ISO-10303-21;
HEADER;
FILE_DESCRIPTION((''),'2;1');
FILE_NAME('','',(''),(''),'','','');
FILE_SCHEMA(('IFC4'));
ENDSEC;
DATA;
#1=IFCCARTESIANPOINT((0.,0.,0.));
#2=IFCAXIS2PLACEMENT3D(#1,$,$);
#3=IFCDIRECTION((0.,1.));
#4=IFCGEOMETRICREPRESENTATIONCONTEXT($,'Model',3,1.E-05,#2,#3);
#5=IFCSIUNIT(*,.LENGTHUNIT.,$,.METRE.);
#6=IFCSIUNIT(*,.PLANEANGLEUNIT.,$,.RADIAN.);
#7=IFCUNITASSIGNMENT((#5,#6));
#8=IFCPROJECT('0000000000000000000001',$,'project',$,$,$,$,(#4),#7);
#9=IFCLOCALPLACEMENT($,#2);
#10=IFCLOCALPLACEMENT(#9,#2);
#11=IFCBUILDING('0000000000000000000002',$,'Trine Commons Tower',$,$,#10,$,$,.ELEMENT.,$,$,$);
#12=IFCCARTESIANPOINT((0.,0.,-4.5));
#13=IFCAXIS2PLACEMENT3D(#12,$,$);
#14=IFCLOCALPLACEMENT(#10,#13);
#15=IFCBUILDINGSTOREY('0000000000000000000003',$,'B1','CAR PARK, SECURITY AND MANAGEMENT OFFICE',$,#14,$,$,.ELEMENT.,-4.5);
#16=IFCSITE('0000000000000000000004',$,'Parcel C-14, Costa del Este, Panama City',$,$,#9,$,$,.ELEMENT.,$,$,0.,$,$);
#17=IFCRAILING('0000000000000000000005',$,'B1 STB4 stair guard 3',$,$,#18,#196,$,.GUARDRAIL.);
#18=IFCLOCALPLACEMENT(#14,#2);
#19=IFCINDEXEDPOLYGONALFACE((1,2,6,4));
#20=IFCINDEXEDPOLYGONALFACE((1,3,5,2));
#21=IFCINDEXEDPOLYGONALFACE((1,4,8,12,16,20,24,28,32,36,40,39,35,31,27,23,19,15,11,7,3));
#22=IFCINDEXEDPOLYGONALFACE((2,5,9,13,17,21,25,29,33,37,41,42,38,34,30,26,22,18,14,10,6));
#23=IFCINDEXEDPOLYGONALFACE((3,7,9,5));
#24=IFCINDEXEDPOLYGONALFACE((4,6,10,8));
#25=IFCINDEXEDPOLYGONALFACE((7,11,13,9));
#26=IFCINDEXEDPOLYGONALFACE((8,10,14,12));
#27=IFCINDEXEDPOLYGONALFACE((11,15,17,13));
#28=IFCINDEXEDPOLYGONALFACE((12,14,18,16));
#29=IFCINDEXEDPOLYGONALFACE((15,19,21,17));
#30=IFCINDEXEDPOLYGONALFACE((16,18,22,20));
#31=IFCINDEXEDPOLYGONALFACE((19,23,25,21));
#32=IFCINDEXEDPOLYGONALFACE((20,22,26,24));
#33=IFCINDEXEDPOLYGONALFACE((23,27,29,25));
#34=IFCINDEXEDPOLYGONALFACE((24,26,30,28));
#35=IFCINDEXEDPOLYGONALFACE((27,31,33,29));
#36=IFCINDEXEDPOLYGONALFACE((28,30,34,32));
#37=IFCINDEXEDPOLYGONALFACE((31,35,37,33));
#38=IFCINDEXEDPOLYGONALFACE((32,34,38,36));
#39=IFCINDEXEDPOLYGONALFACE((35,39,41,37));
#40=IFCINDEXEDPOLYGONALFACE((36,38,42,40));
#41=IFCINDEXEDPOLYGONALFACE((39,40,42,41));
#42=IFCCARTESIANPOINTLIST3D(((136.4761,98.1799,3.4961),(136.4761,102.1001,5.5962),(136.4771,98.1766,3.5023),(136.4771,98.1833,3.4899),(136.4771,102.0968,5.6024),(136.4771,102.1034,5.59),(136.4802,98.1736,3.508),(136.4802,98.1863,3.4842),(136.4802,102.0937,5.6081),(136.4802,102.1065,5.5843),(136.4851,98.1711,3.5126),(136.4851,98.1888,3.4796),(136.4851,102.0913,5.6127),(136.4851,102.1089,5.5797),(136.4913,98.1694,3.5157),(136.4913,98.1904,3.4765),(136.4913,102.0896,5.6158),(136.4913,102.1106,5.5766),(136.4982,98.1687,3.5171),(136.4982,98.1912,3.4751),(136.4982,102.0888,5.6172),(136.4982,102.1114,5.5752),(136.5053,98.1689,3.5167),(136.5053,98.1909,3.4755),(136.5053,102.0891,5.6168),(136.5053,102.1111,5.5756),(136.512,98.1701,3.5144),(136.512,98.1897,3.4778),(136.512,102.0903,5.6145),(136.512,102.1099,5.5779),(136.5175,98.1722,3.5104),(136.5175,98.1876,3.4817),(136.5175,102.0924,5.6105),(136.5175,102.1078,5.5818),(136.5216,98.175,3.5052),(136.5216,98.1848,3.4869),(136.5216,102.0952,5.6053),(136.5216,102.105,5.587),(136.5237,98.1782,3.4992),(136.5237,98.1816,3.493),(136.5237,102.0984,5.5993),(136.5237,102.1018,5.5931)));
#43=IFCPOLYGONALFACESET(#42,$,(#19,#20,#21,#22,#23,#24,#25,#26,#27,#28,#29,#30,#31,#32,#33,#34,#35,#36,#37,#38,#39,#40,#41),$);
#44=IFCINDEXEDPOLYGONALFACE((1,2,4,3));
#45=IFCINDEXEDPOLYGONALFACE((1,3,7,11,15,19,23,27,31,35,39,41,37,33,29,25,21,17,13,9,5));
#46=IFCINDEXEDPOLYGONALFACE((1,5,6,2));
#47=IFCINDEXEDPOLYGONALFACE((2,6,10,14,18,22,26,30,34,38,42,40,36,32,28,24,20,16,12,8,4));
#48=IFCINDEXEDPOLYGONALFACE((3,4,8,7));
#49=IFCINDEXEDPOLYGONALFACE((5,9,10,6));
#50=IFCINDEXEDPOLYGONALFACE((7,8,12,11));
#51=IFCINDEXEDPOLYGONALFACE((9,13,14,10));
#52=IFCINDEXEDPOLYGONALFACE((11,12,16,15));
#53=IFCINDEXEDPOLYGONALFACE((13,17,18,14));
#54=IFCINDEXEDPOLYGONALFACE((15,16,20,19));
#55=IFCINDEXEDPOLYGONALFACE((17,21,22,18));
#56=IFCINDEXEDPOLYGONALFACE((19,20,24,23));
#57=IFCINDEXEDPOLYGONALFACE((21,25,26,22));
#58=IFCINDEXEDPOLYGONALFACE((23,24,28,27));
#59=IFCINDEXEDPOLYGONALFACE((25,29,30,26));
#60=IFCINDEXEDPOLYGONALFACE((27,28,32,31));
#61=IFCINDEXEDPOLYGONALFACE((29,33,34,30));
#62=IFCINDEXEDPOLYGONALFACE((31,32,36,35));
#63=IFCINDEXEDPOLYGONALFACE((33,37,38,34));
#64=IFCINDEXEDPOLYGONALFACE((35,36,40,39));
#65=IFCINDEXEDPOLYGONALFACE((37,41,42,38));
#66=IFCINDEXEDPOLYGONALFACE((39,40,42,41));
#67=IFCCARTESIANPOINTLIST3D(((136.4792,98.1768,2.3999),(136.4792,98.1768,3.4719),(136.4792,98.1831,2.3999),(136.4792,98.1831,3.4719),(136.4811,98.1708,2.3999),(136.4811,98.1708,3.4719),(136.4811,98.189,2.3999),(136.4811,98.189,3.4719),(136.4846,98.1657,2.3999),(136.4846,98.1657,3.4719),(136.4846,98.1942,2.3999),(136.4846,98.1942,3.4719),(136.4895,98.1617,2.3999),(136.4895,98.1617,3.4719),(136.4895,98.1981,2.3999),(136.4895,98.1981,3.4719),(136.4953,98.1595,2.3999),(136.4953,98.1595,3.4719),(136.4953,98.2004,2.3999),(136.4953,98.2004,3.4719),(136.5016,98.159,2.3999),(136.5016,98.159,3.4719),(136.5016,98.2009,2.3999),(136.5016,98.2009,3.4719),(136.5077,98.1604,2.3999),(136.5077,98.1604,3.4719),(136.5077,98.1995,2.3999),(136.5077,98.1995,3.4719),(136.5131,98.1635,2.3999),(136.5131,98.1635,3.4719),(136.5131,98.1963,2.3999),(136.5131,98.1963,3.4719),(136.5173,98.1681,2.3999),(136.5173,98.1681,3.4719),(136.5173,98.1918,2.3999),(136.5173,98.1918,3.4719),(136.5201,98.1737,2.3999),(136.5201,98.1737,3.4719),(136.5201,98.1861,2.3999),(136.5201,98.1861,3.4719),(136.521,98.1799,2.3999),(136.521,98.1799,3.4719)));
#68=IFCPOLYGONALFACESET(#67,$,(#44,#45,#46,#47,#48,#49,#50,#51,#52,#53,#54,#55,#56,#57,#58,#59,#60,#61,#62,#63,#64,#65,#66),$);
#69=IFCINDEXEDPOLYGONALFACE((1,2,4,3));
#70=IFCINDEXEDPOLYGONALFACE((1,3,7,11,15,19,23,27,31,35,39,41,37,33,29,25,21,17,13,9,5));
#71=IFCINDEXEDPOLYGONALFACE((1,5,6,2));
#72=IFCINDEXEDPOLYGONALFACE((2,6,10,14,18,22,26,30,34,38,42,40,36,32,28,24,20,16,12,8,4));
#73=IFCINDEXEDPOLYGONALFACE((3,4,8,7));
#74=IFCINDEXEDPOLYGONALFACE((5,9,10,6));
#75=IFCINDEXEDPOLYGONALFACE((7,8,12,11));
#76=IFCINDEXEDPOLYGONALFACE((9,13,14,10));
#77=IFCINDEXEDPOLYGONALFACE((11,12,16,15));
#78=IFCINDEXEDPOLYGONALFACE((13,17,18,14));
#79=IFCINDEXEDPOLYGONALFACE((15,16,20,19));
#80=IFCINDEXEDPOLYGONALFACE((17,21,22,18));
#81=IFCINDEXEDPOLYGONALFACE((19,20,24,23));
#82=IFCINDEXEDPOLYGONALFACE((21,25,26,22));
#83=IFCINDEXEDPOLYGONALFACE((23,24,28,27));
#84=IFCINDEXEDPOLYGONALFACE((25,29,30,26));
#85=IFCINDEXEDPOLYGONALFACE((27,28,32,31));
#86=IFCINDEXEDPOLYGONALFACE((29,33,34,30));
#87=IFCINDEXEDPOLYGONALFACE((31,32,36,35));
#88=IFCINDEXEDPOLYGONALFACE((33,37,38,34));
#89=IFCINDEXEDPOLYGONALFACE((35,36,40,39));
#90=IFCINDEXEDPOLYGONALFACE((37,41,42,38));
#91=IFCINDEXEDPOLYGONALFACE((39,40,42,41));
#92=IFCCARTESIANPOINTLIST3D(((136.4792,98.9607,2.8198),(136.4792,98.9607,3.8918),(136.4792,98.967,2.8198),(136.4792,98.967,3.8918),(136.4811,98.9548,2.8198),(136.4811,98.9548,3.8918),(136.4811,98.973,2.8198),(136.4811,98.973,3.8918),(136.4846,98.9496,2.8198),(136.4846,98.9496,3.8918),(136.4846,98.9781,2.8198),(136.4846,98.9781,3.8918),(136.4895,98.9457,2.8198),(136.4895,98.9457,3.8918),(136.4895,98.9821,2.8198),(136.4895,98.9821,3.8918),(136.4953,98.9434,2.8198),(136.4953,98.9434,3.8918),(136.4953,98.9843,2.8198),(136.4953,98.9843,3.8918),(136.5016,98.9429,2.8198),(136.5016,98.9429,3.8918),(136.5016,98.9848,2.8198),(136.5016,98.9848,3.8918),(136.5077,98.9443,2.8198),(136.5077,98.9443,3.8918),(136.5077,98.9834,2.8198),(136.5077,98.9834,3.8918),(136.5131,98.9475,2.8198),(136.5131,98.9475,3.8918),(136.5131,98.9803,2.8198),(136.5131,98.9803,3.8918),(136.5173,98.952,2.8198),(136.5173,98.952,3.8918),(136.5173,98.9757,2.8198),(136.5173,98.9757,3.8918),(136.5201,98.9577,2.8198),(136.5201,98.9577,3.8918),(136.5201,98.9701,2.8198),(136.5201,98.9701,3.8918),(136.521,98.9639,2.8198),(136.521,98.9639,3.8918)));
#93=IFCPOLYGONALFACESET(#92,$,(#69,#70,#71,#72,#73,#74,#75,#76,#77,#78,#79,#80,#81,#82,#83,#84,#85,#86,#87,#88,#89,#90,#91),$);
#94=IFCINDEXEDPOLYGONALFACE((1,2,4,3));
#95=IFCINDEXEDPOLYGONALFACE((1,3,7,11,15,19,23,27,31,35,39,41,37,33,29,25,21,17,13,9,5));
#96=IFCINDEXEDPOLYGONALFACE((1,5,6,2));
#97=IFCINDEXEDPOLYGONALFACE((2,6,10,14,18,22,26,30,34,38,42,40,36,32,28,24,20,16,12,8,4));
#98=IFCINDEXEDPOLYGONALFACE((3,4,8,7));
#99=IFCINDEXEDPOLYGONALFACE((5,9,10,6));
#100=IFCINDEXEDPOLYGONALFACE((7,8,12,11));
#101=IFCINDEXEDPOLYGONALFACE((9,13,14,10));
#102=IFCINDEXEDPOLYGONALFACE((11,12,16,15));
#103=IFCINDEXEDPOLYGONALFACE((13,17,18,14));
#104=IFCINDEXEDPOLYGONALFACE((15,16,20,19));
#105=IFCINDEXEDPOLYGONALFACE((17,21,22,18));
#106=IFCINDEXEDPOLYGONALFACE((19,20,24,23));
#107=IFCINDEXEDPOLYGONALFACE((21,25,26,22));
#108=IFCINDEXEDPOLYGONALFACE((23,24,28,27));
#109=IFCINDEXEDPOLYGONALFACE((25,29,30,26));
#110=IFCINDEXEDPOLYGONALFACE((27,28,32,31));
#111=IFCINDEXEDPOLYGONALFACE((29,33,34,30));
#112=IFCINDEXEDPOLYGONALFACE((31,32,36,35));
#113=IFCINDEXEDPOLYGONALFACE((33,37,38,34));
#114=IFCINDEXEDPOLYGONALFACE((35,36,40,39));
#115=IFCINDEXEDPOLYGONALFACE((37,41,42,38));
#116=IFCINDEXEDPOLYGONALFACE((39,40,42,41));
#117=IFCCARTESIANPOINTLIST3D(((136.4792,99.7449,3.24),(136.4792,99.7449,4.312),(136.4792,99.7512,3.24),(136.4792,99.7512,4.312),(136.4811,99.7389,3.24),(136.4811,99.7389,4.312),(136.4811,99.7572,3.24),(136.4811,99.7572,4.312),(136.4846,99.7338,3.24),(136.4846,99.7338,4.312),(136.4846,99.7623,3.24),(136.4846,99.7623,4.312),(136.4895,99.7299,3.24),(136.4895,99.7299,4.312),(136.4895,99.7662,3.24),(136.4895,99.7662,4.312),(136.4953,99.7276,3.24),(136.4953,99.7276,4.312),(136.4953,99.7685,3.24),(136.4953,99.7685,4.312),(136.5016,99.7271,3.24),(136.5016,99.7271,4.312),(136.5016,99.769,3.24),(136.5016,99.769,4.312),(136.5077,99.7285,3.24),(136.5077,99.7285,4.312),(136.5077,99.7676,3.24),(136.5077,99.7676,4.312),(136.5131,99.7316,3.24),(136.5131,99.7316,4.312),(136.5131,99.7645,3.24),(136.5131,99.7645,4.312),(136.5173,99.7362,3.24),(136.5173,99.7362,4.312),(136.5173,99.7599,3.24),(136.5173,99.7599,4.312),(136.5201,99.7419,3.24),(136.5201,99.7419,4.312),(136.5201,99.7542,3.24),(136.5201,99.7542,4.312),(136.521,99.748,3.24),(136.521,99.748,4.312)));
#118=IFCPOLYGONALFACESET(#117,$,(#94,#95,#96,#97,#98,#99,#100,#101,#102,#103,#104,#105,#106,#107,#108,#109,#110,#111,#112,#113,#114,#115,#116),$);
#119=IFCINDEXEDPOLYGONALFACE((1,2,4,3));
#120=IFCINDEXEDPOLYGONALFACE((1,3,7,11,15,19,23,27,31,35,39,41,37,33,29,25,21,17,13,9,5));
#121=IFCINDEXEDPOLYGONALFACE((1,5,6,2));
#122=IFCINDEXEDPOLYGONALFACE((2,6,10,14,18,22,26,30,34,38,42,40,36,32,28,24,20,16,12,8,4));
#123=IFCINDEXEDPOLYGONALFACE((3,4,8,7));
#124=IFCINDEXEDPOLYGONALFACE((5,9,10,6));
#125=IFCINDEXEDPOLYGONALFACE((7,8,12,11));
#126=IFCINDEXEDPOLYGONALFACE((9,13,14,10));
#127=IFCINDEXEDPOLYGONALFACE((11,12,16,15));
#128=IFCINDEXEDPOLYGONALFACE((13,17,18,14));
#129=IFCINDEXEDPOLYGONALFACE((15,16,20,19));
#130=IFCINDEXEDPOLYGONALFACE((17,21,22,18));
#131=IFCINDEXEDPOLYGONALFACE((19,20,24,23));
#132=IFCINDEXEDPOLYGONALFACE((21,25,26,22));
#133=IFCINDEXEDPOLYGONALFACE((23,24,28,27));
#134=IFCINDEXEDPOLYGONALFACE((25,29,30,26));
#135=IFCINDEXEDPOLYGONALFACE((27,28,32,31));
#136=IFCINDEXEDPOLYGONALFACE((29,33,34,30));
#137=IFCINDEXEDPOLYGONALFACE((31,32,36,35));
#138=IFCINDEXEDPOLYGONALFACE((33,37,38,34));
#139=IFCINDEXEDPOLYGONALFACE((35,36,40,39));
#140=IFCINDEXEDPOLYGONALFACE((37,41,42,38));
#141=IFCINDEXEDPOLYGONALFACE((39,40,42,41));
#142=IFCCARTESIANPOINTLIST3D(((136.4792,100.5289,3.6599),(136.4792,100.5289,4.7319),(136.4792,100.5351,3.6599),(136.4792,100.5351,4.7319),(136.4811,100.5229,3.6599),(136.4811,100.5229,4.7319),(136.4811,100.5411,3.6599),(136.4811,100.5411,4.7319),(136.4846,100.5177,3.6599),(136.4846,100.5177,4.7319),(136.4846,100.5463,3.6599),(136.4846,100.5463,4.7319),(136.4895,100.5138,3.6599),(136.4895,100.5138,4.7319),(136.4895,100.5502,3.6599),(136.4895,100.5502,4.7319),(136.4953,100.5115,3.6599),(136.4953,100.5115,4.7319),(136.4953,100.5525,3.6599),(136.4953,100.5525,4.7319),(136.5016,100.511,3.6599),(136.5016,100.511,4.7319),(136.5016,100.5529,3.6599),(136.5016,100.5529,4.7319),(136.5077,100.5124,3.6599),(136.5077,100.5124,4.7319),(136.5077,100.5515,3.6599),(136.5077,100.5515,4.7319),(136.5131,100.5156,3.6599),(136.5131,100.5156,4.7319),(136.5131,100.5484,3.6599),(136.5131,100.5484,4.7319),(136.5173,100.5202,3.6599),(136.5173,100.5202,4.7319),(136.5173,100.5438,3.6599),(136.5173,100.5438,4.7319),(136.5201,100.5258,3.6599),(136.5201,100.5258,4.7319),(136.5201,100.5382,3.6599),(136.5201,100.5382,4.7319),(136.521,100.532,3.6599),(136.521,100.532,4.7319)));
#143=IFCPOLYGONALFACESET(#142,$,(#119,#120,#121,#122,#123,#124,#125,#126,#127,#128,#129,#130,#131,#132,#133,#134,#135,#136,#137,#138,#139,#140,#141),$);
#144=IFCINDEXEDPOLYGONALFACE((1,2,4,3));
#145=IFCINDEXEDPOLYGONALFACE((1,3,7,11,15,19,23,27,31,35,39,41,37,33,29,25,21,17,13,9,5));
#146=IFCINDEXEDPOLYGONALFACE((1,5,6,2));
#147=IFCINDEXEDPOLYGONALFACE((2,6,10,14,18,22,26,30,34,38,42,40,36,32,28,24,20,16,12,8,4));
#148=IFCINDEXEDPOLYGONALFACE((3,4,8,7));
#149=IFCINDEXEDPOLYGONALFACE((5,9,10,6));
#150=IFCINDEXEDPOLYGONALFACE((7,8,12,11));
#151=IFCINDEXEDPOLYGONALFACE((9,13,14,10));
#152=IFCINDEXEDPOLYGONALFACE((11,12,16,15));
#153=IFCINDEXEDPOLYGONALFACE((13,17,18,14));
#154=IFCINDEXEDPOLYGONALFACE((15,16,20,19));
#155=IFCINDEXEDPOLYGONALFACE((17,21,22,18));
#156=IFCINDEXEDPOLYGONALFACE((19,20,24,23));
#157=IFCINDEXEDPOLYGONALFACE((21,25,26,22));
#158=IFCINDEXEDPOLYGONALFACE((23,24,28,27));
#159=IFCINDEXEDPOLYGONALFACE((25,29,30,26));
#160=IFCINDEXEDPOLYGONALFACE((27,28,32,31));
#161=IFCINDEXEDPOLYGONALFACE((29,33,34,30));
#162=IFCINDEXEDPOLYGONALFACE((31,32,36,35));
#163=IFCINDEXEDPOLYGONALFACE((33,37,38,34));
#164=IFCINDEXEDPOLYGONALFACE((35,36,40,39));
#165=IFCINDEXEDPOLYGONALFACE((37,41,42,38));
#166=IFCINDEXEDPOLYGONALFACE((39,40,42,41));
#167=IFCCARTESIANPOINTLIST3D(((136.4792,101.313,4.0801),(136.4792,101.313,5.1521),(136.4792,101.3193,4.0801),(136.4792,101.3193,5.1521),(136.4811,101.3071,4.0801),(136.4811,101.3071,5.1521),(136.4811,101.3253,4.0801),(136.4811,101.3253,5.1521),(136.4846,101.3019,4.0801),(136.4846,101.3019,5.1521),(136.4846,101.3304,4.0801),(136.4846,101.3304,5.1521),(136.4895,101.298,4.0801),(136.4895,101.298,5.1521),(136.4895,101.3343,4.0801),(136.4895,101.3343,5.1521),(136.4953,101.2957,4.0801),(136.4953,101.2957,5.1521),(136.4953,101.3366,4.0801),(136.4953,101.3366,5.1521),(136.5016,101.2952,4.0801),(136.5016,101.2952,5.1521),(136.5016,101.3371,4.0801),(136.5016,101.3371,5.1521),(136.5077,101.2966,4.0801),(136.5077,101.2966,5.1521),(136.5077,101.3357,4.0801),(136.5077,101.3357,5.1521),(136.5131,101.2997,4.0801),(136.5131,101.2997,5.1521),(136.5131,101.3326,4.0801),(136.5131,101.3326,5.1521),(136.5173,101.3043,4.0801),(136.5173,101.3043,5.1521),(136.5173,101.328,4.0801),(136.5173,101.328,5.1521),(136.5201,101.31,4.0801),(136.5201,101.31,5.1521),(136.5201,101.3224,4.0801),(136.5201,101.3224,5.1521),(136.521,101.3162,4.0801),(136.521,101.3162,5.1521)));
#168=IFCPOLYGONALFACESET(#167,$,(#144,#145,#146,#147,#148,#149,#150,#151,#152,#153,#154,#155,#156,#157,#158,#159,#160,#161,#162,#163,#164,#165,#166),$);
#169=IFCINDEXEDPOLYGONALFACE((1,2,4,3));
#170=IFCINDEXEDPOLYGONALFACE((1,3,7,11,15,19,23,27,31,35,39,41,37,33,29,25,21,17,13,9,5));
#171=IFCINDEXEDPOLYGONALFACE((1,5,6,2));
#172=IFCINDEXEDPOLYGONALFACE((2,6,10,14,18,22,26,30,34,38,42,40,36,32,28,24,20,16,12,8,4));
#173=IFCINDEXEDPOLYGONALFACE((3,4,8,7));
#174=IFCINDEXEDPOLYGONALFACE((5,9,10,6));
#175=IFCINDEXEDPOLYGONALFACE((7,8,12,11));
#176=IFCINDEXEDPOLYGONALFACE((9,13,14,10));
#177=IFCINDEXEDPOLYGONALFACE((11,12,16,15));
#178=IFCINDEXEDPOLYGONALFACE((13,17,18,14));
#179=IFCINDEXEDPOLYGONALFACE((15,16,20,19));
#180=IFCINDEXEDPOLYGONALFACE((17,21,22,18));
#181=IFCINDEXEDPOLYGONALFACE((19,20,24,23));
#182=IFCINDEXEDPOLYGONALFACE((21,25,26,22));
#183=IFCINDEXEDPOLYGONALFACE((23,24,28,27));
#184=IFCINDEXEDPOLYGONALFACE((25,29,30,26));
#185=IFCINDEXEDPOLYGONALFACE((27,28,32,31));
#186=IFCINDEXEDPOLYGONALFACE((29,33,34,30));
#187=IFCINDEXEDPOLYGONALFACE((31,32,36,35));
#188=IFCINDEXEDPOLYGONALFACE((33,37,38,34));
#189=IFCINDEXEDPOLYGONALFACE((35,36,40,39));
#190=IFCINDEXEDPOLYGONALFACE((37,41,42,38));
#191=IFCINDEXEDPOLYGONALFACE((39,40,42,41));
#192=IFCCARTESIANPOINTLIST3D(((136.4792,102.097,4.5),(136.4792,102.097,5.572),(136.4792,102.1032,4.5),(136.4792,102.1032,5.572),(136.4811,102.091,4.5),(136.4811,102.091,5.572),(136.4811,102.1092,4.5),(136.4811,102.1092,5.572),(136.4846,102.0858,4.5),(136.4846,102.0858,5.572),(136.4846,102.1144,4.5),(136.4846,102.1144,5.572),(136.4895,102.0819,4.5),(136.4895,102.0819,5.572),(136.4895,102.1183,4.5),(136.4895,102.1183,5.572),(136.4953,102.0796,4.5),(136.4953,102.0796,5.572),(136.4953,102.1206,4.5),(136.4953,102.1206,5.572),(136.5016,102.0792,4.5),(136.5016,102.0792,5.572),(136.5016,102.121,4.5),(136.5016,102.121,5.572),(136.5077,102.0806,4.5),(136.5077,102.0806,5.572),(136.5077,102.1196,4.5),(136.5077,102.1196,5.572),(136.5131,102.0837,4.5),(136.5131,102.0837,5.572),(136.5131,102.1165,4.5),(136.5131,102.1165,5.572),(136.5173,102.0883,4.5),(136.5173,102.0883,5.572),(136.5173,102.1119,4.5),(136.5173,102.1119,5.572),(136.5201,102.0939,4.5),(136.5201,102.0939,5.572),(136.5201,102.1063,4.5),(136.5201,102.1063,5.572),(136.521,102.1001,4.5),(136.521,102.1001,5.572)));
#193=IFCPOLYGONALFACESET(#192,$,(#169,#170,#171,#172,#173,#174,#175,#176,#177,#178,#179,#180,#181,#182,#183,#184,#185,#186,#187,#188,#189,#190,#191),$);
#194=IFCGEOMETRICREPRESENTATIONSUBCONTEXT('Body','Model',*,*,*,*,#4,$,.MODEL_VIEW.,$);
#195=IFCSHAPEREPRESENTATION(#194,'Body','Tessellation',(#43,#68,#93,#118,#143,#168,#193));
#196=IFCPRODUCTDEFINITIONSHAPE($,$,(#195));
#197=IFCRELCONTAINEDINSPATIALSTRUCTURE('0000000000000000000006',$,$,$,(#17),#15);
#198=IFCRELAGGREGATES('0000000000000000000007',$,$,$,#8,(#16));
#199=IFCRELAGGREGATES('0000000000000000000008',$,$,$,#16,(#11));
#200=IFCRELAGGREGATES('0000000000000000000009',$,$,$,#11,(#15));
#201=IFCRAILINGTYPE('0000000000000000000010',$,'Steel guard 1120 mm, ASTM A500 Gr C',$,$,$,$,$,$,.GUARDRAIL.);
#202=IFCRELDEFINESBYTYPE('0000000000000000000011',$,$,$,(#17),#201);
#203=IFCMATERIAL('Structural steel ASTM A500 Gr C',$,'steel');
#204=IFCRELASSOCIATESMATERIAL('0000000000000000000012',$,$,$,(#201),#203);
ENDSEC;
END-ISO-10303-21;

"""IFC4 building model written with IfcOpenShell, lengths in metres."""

from ifc_helpers import new_model, si_unit, direction, frame, origin, origin_2d, place, context, subcontext, project, spatial, circle, extrude, material, type_object, element, save


model = new_model("IFC4")

# Units and contexts
model_context = context("Model", 3, precision=1e-05, world=origin(), true_north=direction((0.0, 1.0)))
body_context = subcontext(model_context, "Body", "Model", "MODEL_VIEW")
ifc_project = project(units=[si_unit("LENGTHUNIT", "METRE"), si_unit("PLANEANGLEUNIT", "RADIAN")], contexts=[model_context])

# Site, building, storey
site_placement = place(None, origin())
site = spatial("IfcSite", under=ifc_project, at=site_placement, Name="Parcel C-14, Costa del Este, Panama City", CompositionType="ELEMENT", RefElevation=0.0)
building_placement = place(site_placement, origin())
building = spatial("IfcBuilding", under=site, at=building_placement, Name="Trine Commons Tower", CompositionType="ELEMENT")
storey_placement = place(building_placement, frame((0.0, 0.0, -4.5)))
storey = spatial("IfcBuildingStorey", under=building, at=storey_placement, Name="B1", Description="CAR PARK, SECURITY AND MANAGEMENT OFFICE", CompositionType="ELEMENT", Elevation=-4.5)

# Railing
ifc_material_1 = material(Name="Structural steel ASTM A500 Gr C", Category="steel")
railing_type_1 = type_object("IfcRailingType", Name="Steel guard 1120 mm, ASTM A500 Gr C", PredefinedType="GUARDRAIL", material=ifc_material_1)
railing_1_placement = place(storey_placement, frame((136.5, 98.1799, 2.3999)))
element("IfcRailing", 1, at=railing_1_placement, inside=storey, type_object=railing_type_1, Name="B1 STB4 stair guard 3", PredefinedType="GUARDRAIL", context=body_context, shape_type="SweptSolid", body=[
    extrude(circle(Radius=0.0239, at=origin_2d()), frame((0.0, 0.0, 1.0962), z_axis=(0.0, 0.881479, 0.472223), x_axis=(-1.0, 0.0, 0.0)), (0.0, 0.0, 1.0), 4.4473),
    extrude(circle(Radius=0.021, at=origin_2d()), origin(), (0.0, 0.0, 1.0), 1.072),
    extrude(circle(Radius=0.021, at=origin_2d()), frame((0.0, 0.7839, 0.4199)), (0.0, 0.0, 1.0), 1.072),
    extrude(circle(Radius=0.021, at=origin_2d()), frame((0.0, 1.5681, 0.8401)), (0.0, 0.0, 1.0), 1.072),
    extrude(circle(Radius=0.021, at=origin_2d()), frame((0.0, 2.3521, 1.26)), (0.0, 0.0, 1.0), 1.072),
    extrude(circle(Radius=0.021, at=origin_2d()), frame((0.0, 3.1362, 1.6802)), (0.0, 0.0, 1.0), 1.072),
    extrude(circle(Radius=0.021, at=origin_2d()), frame((0.0, 3.9202, 2.1001)), (0.0, 0.0, 1.0), 1.072),
])

save(model, "model.ifc")
